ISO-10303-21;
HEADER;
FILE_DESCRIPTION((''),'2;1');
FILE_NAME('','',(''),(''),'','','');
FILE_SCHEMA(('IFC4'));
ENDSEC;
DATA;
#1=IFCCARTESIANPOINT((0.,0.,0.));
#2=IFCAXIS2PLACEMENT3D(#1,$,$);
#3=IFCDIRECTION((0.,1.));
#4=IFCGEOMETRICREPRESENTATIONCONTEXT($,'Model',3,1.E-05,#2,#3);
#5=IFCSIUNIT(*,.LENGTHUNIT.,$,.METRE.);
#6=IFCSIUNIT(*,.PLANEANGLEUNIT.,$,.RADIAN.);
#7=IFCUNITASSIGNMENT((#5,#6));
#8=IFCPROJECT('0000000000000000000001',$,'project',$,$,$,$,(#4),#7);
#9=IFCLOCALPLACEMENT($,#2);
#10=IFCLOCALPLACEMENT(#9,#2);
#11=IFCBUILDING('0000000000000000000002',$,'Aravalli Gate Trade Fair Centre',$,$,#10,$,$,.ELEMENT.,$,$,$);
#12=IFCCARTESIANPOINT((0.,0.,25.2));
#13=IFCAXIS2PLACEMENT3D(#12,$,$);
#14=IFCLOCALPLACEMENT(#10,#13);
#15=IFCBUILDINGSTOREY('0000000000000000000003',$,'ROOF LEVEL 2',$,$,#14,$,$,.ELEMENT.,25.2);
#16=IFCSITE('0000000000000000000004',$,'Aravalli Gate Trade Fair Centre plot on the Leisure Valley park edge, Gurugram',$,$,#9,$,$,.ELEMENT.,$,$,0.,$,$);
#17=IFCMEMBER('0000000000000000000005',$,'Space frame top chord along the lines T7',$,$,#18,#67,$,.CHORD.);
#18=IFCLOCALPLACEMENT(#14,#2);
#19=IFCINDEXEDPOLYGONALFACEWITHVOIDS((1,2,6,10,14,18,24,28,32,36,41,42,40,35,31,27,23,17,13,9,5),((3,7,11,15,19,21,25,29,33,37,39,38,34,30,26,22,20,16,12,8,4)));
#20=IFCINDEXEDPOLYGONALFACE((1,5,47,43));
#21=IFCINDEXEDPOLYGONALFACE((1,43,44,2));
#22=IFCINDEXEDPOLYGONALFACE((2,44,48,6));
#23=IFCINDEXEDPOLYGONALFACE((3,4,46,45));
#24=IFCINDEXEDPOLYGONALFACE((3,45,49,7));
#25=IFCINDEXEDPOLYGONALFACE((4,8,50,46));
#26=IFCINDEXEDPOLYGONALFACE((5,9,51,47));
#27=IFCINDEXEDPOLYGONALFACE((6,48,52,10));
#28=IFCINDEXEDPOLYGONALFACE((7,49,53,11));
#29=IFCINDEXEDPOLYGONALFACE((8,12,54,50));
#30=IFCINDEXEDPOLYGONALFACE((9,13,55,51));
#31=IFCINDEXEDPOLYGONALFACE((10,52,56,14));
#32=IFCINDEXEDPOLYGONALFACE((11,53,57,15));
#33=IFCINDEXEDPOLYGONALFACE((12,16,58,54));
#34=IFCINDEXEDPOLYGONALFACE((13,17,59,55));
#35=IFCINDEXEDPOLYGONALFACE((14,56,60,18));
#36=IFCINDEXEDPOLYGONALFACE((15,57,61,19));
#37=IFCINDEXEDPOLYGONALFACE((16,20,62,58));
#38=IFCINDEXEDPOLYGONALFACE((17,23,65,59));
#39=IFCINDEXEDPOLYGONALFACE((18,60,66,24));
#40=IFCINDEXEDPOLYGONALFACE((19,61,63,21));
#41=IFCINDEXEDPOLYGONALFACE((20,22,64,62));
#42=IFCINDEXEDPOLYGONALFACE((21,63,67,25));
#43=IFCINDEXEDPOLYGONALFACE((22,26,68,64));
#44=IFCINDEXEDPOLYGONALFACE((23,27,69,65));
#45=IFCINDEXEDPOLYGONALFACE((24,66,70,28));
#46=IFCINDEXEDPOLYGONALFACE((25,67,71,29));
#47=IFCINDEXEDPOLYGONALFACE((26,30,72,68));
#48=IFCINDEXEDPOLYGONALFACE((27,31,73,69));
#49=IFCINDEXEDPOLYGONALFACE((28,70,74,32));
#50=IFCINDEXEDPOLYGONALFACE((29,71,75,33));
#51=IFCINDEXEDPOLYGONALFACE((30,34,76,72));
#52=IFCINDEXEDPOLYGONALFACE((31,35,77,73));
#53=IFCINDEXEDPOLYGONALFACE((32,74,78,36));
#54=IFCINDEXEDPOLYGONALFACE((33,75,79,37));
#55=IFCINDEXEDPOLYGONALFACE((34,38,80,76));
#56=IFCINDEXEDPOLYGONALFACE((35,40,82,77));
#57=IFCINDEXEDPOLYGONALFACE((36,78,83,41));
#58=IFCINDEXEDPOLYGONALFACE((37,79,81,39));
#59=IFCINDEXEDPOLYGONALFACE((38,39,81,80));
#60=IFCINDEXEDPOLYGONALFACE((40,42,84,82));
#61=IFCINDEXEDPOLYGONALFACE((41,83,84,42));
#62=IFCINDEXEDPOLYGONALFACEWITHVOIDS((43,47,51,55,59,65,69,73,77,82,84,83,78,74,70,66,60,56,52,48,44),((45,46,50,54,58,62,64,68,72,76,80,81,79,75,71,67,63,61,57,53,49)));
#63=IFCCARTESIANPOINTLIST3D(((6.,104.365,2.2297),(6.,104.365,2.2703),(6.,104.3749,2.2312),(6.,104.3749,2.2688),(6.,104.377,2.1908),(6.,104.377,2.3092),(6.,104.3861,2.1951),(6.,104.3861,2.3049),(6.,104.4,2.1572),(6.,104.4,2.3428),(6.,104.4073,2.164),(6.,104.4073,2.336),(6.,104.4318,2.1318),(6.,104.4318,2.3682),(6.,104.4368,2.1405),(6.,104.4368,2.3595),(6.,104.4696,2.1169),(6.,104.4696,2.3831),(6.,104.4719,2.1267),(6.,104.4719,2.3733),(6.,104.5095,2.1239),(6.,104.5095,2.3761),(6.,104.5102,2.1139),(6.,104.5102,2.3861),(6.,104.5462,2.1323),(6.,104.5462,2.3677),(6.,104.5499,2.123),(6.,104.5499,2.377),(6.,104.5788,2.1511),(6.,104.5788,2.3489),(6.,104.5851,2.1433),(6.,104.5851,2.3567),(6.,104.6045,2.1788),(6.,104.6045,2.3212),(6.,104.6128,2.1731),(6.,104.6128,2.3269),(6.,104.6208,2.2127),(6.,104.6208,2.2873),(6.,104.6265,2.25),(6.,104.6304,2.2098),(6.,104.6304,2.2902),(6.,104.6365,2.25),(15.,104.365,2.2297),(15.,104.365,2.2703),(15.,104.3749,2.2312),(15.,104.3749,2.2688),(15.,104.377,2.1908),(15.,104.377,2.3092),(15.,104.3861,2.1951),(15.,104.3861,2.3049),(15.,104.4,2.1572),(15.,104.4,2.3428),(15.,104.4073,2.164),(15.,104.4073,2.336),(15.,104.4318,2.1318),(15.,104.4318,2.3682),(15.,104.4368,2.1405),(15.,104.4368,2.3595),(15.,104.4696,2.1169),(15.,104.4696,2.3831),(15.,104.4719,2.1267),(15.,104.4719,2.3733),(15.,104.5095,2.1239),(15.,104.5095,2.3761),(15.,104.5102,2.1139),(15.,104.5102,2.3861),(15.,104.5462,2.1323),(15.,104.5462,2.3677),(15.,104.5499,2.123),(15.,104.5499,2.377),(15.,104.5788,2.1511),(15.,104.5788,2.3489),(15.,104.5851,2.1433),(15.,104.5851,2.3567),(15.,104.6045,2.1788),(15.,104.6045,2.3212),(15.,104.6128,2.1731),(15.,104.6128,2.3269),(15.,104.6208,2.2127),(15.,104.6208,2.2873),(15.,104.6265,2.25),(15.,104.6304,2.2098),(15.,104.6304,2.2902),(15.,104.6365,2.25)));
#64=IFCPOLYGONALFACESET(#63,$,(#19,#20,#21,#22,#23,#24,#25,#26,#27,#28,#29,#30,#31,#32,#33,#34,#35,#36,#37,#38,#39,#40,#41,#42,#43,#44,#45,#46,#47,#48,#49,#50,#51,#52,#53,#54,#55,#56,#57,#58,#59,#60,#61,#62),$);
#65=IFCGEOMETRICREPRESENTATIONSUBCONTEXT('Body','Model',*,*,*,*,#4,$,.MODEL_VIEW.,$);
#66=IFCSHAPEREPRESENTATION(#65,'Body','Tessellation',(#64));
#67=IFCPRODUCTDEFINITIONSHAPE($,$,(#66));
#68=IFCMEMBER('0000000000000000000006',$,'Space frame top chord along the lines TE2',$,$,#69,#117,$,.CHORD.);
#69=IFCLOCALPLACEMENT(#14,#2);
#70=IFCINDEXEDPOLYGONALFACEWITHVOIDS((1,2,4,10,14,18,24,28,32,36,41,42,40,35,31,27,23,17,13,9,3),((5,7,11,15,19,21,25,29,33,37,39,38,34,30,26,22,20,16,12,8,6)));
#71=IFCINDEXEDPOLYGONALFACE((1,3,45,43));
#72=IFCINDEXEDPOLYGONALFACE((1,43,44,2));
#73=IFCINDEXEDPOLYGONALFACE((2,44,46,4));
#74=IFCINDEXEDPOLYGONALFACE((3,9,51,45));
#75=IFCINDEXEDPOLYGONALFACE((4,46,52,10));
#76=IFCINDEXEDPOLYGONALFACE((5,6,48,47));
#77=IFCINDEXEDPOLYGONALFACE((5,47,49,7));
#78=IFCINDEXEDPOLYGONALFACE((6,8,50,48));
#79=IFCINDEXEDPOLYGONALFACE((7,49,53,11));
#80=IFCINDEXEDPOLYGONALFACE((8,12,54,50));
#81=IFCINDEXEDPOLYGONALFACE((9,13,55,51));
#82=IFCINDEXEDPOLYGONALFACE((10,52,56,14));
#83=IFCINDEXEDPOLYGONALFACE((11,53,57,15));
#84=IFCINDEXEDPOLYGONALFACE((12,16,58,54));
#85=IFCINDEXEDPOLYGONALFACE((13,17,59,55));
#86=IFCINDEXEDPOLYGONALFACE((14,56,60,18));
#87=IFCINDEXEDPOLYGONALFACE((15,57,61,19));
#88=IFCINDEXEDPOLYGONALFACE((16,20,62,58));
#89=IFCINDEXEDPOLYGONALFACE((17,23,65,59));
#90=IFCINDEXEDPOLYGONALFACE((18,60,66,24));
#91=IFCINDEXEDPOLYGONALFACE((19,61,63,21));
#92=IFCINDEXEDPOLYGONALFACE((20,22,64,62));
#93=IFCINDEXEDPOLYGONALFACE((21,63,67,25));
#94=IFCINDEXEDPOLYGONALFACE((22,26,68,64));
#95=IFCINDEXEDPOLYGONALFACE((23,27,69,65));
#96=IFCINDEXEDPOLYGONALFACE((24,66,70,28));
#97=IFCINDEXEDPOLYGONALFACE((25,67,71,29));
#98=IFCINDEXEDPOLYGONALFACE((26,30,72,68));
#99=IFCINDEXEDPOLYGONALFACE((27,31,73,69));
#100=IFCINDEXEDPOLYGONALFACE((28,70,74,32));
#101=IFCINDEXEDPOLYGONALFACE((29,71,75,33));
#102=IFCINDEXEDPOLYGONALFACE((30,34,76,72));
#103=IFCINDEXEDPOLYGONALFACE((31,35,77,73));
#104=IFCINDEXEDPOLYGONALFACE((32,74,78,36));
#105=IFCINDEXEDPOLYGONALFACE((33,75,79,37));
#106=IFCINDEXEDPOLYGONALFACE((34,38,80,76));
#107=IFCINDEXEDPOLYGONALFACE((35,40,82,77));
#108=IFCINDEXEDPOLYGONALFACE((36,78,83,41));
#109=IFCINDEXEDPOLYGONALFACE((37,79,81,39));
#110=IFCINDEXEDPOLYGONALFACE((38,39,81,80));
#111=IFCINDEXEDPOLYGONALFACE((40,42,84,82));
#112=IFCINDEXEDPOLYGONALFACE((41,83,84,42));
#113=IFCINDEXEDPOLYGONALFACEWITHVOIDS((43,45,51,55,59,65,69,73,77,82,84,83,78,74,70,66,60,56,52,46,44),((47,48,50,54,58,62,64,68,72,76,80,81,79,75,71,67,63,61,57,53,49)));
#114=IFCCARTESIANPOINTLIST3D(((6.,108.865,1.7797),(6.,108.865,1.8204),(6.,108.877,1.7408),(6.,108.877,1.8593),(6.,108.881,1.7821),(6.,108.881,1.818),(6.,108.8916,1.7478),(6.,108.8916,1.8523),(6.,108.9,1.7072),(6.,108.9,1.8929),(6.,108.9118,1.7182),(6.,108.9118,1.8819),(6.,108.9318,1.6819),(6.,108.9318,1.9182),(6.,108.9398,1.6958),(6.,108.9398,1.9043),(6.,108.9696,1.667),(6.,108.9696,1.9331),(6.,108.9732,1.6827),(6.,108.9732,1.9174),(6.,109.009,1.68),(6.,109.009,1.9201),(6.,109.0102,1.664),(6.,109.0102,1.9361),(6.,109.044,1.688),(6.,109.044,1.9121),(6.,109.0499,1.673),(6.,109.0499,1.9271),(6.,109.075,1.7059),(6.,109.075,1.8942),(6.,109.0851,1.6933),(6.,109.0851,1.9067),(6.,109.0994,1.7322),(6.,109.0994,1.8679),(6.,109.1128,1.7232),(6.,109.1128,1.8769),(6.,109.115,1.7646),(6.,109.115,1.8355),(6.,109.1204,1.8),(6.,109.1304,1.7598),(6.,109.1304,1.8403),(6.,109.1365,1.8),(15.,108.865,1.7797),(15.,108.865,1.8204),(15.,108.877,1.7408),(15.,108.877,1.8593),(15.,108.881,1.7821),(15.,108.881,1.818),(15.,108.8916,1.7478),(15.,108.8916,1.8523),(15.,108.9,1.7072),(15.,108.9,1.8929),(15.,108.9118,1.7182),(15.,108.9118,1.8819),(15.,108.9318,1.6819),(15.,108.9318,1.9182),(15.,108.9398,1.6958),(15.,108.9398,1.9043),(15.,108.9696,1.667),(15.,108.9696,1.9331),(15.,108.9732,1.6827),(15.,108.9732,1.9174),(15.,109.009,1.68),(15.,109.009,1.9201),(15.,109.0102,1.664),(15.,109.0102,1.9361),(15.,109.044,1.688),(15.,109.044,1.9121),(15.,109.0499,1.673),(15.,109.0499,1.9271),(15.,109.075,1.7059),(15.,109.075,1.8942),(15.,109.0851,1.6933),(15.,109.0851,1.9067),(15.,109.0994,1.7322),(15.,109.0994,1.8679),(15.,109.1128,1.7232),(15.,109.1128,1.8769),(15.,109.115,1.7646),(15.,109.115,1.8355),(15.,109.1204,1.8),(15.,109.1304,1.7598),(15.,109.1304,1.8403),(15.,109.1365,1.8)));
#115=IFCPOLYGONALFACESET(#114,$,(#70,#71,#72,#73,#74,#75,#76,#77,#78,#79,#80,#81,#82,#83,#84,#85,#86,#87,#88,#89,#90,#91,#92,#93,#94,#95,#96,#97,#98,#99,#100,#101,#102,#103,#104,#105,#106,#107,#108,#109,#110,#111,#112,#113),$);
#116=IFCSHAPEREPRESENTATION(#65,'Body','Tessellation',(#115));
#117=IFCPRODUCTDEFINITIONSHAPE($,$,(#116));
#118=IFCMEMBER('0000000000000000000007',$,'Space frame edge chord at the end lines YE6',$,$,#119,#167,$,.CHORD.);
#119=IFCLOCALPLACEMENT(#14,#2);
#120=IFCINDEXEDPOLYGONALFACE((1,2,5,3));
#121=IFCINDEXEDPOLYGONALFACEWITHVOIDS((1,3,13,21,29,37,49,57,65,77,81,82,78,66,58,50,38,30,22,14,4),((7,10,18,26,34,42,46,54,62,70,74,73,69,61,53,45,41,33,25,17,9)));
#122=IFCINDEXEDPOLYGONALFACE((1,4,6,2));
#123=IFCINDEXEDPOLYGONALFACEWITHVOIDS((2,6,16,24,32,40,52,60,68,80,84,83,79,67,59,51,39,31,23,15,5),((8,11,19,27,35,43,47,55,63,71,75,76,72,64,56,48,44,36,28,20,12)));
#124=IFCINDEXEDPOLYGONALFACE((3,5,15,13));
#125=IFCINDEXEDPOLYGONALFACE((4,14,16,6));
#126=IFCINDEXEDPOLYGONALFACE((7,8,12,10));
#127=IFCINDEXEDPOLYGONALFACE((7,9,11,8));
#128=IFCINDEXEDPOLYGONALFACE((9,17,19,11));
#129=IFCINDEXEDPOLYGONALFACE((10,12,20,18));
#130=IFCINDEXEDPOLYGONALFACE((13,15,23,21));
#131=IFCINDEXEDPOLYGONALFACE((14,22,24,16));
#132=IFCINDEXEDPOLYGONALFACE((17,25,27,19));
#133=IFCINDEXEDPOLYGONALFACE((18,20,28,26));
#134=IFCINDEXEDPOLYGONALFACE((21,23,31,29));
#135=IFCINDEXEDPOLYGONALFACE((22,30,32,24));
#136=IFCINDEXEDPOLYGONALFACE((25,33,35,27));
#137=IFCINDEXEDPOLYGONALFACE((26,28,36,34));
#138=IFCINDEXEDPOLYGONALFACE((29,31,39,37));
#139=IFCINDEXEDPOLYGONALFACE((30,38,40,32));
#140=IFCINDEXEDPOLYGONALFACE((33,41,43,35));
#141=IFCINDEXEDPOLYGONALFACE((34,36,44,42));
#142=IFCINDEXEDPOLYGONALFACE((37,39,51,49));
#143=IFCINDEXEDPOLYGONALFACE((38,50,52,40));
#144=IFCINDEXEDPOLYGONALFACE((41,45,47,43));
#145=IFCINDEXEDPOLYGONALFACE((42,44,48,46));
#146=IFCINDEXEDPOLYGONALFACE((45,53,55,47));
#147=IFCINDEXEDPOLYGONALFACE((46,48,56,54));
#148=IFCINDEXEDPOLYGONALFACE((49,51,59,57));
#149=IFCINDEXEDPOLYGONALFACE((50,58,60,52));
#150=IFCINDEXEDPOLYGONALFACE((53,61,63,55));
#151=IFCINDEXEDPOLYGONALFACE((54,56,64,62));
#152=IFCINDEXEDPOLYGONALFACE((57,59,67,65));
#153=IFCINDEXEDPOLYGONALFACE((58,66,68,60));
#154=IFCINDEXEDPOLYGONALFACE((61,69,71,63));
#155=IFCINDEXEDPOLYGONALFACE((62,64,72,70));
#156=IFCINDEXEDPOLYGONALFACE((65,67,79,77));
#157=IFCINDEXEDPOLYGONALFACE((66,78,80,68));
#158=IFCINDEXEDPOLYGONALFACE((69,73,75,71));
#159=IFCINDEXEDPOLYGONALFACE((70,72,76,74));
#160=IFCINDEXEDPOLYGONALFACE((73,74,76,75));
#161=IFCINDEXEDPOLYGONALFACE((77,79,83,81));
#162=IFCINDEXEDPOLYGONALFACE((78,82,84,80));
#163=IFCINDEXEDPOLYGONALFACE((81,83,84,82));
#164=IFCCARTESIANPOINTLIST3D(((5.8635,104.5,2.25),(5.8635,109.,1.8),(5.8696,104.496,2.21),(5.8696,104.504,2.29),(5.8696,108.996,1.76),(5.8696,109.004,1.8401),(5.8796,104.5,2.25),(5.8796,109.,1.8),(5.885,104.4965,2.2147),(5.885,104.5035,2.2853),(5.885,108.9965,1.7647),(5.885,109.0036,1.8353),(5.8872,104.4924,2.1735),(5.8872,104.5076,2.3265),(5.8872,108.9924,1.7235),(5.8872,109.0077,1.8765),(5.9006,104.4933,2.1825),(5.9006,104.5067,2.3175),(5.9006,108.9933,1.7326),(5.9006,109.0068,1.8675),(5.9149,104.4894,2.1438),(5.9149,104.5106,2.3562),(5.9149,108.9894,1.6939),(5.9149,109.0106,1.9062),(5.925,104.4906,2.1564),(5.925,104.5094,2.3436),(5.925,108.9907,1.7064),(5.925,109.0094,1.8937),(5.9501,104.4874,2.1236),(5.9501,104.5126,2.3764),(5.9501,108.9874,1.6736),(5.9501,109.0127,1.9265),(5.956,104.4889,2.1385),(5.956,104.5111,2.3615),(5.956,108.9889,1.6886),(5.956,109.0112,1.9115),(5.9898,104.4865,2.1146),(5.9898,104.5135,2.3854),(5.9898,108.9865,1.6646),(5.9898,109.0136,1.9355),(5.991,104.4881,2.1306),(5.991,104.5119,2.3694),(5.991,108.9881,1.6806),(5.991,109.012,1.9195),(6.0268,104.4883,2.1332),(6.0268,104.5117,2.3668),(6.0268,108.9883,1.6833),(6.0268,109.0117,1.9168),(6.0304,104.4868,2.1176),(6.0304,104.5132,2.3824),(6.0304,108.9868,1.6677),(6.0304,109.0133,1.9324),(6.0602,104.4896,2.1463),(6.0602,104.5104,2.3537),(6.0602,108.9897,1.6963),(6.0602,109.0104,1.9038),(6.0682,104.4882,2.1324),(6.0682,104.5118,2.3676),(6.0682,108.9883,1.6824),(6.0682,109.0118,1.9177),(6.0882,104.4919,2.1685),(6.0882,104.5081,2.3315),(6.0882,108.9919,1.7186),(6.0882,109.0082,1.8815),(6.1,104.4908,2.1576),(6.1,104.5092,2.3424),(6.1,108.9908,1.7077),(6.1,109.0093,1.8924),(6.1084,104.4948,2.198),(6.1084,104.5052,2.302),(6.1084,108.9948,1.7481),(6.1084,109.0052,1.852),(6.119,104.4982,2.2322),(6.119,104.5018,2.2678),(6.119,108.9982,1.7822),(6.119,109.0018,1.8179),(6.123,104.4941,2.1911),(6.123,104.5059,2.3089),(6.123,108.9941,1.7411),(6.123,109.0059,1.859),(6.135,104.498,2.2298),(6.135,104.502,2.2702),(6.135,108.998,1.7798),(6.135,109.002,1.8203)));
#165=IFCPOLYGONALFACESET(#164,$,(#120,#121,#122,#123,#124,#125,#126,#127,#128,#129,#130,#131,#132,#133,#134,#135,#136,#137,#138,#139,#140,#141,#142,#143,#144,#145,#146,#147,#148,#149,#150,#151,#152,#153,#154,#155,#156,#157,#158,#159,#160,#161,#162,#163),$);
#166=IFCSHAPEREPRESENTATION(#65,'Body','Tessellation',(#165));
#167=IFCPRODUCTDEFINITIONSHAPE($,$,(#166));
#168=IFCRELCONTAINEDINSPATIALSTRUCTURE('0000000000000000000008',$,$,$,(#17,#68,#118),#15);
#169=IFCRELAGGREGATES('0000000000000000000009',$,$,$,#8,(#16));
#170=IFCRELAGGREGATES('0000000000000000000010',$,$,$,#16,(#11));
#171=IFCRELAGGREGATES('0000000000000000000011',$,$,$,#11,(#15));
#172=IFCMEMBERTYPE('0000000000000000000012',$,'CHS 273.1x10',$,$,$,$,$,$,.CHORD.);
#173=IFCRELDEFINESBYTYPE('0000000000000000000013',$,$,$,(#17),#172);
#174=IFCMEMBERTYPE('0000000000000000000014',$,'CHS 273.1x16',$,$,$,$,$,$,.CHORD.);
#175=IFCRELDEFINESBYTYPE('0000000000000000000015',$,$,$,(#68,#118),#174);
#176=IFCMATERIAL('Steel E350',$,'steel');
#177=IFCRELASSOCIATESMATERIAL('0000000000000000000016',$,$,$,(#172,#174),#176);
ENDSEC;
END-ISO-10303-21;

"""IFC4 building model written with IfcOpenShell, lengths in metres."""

from ifc_helpers import new_model, si_unit, direction, frame, origin, origin_2d, place, context, subcontext, project, spatial, hollow_circle, extrude, material, material_profile, profile_set, type_object, element, save


model = new_model("IFC4")

# Units and contexts
model_context = context("Model", 3, precision=1e-05, world=origin(), true_north=direction((0.0, 1.0)))
body_context = subcontext(model_context, "Body", "Model", "MODEL_VIEW")
ifc_project = project(units=[si_unit("LENGTHUNIT", "METRE"), si_unit("PLANEANGLEUNIT", "RADIAN")], contexts=[model_context])

# Site, building, storey
site_placement = place(None, origin())
site = spatial("IfcSite", under=ifc_project, at=site_placement, Name="Aravalli Gate Trade Fair Centre plot on the Leisure Valley park edge, Gurugram", CompositionType="ELEMENT", RefElevation=0.0)
building_placement = place(site_placement, origin())
building = spatial("IfcBuilding", under=site, at=building_placement, Name="Aravalli Gate Trade Fair Centre", CompositionType="ELEMENT")
storey_placement = place(building_placement, frame((0.0, 0.0, 25.2)))
storey = spatial("IfcBuildingStorey", under=building, at=storey_placement, Name="ROOF LEVEL 2", CompositionType="ELEMENT", Elevation=25.2)

# Members
ifc_material_1 = material(Name="Steel E350", Category="steel")
ifc_material_profile_1 = material_profile(ifc_material_1, hollow_circle(Radius=0.1365, WallThickness=0.01, at=origin_2d()), Name="CHS 273.1x10")
ifc_profile_set_1 = profile_set([ifc_material_profile_1], Name="Steel E350")
member_type_1 = type_object("IfcMemberType", Name="CHS 273.1x10", PredefinedType="CHORD", material=ifc_profile_set_1)
member_1_placement = place(storey_placement, frame((6.0, 104.5, 2.25), z_axis=(1.0, 0.0, 0.0), x_axis=(0.0, 1.0, 0.0)))
element("IfcMember", 1, at=member_1_placement, inside=storey, type_object=member_type_1, Name="Space frame top chord along the lines T7", PredefinedType="CHORD", context=body_context, shape_type="SweptSolid", body=[
    extrude(hollow_circle(Radius=0.1365, WallThickness=0.01, at=origin_2d()), origin(), (0.0, 0.0, 1.0), 9.0),
])
ifc_material_profile_2 = material_profile(ifc_material_1, hollow_circle(Radius=0.1365, WallThickness=0.0161, at=origin_2d()), Name="CHS 273.1x16")
ifc_profile_set_2 = profile_set([ifc_material_profile_2], Name="Steel E350")
member_type_2 = type_object("IfcMemberType", Name="CHS 273.1x16", PredefinedType="CHORD", material=ifc_profile_set_2)
member_2_placement = place(storey_placement, frame((6.0, 109.0, 1.8), z_axis=(1.0, 0.0, 0.0), x_axis=(0.0, 1.0, 0.0)))
element("IfcMember", 2, at=member_2_placement, inside=storey, type_object=member_type_2, Name="Space frame top chord along the lines TE2", PredefinedType="CHORD", context=body_context, shape_type="SweptSolid", body=[
    extrude(hollow_circle(Radius=0.1365, WallThickness=0.0161, at=origin_2d()), origin(), (0.0, 0.0, 1.0), 9.0),
])
member_3_placement = place(storey_placement, frame((6.0, 104.5, 2.25), z_axis=(0.0, 0.995038, -0.099493), x_axis=(-1.0, 0.0, 0.0)))
element("IfcMember", 3, at=member_3_placement, inside=storey, type_object=member_type_2, Name="Space frame edge chord at the end lines YE6", PredefinedType="CHORD", context=body_context, shape_type="SweptSolid", body=[
    extrude(hollow_circle(Radius=0.1365, WallThickness=0.0161, at=origin_2d()), origin(), (0.0, 0.0, 1.0), 4.5225),
])

save(model, "model.ifc")
